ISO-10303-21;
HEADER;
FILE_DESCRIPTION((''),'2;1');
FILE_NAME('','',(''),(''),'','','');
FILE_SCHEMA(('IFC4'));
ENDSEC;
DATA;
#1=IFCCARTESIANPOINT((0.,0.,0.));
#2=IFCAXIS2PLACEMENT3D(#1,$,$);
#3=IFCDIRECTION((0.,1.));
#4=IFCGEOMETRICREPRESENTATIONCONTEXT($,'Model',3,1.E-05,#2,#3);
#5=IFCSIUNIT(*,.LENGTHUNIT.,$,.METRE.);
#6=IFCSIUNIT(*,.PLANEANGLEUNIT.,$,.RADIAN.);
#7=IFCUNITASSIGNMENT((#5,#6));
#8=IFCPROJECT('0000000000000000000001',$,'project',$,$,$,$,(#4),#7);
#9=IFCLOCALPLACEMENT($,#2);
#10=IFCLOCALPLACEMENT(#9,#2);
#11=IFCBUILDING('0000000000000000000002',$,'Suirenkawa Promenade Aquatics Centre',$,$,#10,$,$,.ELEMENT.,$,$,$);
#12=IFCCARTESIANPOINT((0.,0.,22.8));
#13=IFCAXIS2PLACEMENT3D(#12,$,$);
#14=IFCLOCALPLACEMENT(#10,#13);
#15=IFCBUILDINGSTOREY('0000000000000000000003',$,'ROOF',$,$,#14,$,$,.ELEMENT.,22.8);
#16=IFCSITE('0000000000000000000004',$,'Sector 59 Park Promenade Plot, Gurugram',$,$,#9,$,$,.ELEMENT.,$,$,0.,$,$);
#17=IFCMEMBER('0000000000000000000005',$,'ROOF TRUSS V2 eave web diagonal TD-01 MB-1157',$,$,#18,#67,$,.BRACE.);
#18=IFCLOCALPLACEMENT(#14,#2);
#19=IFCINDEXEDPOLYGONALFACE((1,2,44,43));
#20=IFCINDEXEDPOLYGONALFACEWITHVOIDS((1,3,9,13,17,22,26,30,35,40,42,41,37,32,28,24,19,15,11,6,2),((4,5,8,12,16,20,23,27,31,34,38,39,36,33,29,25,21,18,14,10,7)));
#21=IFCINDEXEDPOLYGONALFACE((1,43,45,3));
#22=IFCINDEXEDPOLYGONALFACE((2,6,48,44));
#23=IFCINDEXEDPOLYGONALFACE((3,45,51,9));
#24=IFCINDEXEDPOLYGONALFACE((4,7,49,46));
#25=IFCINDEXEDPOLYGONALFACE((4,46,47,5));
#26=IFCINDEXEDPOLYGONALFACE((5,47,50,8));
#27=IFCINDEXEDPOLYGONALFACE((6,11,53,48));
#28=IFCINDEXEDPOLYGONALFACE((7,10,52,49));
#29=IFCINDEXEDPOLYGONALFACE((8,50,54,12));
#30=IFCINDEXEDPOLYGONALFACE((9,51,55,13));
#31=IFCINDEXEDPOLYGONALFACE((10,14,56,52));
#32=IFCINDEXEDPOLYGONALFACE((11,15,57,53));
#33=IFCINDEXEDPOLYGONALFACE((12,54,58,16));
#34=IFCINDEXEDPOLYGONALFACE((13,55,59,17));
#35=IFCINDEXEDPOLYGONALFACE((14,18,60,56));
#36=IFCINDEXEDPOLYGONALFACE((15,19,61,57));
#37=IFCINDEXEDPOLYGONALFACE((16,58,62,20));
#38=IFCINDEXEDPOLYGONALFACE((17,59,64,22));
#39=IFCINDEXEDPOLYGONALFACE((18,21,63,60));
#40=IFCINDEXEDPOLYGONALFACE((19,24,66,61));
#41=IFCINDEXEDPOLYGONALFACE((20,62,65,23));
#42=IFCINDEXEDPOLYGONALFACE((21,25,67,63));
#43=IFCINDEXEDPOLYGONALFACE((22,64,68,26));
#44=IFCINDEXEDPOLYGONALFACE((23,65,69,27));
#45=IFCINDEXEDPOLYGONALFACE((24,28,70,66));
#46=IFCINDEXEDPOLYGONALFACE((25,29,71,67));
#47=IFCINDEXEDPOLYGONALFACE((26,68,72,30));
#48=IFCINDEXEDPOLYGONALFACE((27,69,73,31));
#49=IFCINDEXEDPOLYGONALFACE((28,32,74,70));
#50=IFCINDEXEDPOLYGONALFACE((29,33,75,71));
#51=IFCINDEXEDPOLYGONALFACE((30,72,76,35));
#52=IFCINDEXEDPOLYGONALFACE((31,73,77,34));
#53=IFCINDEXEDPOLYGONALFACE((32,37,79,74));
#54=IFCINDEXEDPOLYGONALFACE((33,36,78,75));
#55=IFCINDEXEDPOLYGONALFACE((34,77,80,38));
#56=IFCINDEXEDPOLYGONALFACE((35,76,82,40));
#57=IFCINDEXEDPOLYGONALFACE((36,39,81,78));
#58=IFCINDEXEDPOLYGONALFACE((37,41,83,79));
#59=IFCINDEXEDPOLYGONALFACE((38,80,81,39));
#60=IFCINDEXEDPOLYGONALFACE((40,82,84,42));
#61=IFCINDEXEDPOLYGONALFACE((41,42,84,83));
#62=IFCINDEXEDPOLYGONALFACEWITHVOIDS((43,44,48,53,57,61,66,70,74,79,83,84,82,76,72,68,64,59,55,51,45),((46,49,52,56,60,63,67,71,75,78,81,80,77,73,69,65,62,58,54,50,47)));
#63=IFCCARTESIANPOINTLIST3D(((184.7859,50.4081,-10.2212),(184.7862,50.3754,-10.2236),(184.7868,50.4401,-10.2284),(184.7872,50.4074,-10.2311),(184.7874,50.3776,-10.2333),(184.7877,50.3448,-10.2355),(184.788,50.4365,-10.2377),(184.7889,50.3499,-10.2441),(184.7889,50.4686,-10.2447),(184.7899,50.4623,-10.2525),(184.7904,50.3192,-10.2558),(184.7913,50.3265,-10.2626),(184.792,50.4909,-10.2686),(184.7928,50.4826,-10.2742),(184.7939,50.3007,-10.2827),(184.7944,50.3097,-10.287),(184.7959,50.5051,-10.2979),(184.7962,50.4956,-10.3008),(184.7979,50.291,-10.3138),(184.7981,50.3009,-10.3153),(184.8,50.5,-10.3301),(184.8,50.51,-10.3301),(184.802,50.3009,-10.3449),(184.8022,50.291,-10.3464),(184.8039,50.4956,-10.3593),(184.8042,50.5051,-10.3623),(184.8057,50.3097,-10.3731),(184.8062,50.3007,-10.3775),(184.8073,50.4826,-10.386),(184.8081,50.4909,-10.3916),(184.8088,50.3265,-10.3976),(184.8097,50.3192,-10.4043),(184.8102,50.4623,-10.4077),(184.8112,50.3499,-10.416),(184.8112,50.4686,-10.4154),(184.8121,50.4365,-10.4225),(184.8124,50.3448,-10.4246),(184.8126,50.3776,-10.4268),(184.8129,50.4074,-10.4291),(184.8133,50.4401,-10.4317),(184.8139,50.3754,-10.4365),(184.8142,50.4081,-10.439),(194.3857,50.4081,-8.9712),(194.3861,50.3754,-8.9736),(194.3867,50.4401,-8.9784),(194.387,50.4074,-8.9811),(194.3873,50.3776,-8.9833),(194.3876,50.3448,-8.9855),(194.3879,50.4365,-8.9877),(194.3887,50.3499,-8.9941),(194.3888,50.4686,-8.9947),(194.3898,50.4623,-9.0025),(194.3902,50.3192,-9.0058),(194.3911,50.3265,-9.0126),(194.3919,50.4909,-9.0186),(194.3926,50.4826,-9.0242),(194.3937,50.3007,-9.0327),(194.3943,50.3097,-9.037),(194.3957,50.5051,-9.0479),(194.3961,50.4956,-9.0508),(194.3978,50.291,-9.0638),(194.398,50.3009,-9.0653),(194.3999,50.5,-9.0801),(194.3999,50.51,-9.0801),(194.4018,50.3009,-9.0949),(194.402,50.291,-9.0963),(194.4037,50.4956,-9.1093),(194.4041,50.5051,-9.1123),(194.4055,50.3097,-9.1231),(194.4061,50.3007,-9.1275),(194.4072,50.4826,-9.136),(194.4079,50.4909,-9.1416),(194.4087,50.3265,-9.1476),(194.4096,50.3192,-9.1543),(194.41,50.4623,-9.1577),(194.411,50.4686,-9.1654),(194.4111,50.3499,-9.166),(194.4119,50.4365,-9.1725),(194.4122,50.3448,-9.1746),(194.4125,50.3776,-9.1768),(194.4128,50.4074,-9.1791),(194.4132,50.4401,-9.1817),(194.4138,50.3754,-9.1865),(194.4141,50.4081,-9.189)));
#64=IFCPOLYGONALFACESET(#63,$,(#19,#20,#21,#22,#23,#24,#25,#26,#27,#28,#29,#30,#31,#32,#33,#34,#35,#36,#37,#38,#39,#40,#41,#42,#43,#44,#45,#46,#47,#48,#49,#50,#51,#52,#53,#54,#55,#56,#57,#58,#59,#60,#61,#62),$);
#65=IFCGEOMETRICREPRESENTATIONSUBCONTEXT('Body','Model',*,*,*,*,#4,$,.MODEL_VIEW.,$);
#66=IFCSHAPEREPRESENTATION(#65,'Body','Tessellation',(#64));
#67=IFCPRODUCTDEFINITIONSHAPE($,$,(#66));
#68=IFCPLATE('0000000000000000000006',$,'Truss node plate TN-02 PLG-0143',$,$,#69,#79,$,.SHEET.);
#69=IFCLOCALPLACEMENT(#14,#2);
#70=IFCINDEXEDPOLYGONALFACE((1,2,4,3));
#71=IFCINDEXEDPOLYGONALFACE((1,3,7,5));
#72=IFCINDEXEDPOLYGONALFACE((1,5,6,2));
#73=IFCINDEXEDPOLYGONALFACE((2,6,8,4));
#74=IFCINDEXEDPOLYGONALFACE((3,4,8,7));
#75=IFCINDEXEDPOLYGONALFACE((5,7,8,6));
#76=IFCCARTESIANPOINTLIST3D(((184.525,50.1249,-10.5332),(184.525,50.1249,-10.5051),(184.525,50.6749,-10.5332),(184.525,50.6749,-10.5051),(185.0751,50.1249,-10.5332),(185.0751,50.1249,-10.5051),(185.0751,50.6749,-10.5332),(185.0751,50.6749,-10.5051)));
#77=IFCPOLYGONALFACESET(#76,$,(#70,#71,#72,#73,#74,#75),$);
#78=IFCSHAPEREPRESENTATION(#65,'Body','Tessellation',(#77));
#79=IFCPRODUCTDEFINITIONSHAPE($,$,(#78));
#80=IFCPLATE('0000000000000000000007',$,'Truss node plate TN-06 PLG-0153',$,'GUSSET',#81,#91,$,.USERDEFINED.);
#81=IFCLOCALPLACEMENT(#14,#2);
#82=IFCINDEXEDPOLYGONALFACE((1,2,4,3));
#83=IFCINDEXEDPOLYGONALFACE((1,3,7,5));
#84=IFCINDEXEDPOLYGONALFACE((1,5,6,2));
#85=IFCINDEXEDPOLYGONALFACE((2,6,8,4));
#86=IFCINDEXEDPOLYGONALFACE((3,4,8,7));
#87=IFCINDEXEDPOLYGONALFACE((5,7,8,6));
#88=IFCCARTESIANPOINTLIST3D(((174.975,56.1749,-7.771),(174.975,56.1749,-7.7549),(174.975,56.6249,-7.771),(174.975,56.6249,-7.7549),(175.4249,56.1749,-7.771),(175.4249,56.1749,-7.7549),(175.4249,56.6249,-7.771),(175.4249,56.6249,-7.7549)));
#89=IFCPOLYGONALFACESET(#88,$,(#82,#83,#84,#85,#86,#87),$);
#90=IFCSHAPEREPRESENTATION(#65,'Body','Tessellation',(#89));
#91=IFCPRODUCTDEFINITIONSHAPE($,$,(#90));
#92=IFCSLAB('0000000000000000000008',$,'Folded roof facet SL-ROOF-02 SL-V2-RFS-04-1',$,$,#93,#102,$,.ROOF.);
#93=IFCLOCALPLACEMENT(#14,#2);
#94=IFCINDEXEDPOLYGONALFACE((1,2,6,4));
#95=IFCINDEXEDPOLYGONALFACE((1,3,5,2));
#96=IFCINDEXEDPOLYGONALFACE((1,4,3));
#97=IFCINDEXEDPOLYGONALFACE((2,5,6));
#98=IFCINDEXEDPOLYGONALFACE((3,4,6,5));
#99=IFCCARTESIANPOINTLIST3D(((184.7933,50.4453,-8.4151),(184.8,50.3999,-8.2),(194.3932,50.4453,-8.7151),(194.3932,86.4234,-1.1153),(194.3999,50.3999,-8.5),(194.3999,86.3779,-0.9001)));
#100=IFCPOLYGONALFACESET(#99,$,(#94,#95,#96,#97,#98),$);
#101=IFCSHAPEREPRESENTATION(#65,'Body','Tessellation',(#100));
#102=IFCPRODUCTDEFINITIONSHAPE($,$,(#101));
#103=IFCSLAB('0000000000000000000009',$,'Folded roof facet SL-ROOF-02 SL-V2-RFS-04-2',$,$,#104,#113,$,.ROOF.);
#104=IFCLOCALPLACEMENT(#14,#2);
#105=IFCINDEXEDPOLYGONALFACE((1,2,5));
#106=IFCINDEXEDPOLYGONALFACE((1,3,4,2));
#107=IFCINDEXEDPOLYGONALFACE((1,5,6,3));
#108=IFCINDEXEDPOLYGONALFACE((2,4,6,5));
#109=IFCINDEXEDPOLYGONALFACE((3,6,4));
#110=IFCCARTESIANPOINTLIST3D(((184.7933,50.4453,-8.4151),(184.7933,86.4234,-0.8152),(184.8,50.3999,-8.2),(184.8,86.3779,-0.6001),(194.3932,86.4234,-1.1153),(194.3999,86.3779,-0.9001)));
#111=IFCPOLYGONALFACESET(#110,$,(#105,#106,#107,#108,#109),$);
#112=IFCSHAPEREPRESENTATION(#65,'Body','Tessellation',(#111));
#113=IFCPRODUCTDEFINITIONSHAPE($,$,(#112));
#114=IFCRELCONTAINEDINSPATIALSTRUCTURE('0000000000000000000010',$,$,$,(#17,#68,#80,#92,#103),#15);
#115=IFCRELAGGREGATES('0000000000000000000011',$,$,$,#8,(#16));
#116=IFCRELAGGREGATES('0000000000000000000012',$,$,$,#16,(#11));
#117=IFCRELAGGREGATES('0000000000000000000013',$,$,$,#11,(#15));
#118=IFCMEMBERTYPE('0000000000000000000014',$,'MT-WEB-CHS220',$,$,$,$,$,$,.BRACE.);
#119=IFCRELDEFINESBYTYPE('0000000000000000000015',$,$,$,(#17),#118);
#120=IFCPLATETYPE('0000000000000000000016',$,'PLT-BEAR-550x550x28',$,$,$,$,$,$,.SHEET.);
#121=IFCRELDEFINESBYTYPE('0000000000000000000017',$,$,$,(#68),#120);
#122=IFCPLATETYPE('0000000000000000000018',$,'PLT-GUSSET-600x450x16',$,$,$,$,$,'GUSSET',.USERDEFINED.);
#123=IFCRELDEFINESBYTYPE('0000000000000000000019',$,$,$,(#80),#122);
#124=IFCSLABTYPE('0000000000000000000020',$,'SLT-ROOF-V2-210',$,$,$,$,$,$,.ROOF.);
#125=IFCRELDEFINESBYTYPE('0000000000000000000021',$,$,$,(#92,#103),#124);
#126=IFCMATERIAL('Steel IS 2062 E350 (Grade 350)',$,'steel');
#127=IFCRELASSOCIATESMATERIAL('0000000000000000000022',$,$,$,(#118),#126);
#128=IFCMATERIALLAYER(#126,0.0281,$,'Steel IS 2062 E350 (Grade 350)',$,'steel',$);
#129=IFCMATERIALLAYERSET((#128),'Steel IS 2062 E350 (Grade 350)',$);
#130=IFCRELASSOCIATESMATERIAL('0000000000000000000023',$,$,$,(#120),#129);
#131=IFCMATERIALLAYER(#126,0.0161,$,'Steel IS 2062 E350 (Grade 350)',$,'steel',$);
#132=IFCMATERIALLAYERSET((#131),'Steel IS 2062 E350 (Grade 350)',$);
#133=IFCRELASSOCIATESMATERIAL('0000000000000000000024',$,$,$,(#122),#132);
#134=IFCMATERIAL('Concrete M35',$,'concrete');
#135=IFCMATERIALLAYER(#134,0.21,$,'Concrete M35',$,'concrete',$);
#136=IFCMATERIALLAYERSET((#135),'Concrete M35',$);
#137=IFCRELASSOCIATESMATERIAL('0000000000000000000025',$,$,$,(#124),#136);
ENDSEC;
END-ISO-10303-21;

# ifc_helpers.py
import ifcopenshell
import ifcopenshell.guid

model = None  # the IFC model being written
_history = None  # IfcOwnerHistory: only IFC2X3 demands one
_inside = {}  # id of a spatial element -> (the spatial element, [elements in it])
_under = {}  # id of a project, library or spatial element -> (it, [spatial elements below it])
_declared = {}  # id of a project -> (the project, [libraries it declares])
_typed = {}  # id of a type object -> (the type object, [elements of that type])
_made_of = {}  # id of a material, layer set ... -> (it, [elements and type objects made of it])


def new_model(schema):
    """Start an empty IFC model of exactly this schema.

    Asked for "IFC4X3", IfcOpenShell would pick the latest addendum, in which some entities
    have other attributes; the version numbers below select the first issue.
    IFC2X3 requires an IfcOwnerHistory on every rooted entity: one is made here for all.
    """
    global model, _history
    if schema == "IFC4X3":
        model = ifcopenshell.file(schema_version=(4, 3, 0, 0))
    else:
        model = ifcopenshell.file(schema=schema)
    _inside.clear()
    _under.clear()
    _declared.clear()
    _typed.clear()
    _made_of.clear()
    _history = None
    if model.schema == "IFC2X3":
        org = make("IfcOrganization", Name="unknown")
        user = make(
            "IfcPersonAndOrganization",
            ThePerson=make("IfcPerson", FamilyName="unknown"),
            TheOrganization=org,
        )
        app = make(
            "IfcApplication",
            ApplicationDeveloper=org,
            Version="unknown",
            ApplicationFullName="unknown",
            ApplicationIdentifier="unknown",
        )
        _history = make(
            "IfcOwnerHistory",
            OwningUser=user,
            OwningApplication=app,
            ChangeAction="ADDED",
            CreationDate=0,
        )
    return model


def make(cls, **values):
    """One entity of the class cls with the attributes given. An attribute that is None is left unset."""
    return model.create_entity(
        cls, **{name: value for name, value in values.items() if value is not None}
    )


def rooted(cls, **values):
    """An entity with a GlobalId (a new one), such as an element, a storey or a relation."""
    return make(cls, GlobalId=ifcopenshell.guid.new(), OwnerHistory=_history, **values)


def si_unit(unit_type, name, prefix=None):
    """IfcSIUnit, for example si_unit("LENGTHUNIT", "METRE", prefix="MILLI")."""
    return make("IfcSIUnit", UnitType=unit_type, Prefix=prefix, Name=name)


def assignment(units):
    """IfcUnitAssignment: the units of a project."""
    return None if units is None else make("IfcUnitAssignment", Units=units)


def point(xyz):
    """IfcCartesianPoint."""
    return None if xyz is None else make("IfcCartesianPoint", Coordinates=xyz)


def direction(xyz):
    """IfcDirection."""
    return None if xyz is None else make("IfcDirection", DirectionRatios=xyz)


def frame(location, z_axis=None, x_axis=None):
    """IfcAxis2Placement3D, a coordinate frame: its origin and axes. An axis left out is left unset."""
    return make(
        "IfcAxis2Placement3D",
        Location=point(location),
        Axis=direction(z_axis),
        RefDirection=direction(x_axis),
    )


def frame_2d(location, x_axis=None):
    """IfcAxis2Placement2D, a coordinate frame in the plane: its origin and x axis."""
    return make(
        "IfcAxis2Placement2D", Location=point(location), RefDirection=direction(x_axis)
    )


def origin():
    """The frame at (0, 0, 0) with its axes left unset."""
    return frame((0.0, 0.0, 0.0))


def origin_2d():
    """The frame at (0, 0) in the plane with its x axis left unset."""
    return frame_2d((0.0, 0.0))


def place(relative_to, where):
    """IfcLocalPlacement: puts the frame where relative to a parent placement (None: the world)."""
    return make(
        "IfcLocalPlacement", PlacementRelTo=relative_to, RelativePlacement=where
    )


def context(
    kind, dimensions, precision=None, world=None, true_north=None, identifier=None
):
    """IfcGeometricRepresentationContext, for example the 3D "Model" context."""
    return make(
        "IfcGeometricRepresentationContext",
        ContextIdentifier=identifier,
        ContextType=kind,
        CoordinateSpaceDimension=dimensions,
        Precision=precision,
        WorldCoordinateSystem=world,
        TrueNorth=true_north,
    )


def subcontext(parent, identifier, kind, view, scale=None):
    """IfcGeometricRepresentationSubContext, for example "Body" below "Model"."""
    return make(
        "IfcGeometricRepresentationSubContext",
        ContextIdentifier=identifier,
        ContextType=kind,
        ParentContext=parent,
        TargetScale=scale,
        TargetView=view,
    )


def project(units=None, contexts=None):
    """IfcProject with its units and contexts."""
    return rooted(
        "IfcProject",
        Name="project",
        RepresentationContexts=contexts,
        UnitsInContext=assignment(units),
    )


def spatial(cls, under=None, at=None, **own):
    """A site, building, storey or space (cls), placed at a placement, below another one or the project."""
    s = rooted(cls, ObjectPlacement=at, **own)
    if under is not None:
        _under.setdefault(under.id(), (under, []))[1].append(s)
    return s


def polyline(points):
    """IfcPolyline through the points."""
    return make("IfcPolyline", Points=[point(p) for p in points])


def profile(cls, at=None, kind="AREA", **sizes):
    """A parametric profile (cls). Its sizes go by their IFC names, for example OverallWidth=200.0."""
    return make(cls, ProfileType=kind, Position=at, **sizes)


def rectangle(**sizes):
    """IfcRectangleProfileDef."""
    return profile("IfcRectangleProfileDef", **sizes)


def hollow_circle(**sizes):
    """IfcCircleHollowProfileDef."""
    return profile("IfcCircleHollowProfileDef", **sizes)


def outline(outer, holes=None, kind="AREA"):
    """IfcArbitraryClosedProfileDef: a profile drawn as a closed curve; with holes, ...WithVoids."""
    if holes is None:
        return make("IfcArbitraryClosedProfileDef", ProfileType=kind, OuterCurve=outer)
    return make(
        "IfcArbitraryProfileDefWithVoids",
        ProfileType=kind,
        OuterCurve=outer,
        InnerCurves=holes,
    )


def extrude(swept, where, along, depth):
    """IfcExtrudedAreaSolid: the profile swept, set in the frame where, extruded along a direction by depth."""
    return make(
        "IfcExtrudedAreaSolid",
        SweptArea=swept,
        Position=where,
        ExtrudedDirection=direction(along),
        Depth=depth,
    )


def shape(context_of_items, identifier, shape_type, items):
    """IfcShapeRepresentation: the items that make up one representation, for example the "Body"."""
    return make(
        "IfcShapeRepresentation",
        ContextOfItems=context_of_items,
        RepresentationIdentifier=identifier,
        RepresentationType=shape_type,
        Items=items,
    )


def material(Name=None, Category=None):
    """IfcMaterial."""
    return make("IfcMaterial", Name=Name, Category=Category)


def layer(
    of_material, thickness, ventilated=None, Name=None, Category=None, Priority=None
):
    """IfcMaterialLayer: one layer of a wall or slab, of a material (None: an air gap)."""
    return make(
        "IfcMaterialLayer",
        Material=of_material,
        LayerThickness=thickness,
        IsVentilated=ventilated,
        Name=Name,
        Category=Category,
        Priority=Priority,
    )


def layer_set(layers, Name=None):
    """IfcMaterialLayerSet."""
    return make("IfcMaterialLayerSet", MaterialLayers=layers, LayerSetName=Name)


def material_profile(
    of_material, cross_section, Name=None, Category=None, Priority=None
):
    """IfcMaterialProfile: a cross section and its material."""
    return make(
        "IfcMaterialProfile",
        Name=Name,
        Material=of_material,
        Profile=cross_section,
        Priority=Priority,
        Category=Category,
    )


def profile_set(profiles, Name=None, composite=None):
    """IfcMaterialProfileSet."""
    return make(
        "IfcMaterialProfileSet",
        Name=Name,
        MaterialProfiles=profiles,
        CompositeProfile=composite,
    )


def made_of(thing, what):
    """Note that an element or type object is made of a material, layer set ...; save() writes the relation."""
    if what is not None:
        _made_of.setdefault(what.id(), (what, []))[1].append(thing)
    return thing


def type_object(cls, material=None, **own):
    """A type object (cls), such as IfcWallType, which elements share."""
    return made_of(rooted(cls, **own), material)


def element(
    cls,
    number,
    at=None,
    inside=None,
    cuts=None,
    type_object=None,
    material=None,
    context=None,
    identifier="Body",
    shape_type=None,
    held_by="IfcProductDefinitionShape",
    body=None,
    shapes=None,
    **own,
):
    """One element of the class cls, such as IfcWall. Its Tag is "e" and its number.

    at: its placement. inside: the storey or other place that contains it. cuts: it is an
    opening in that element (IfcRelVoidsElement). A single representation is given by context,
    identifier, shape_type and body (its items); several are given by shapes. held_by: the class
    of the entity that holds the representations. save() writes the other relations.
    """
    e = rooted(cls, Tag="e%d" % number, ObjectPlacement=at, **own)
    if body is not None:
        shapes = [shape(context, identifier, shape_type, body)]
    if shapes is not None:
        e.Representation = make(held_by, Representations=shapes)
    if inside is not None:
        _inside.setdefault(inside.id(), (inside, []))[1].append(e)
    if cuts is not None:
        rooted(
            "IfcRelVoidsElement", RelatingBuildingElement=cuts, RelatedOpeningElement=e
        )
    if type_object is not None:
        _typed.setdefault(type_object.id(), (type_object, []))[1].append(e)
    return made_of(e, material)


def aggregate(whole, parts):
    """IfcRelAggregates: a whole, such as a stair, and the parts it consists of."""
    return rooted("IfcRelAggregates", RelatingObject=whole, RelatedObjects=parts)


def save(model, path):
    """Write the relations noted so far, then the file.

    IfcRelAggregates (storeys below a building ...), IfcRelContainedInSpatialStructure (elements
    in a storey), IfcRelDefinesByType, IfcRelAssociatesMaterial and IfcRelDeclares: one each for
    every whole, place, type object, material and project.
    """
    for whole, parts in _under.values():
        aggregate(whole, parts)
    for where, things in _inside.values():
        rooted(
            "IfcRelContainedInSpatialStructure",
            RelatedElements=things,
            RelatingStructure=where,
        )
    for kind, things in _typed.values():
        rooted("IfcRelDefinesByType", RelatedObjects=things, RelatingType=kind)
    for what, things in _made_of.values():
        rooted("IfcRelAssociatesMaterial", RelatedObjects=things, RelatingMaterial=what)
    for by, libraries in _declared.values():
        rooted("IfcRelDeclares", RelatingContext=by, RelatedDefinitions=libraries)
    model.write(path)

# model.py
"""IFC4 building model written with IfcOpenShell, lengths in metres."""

from ifc_helpers import new_model, si_unit, direction, frame, origin, origin_2d, place, context, subcontext, project, spatial, polyline, rectangle, hollow_circle, outline, extrude, material, layer, layer_set, material_profile, profile_set, type_object, element, save


model = new_model("IFC4")

# Units and contexts
model_context = context("Model", 3, precision=1e-05, world=origin(), true_north=direction((0.0, 1.0)))
body_context = subcontext(model_context, "Body", "Model", "MODEL_VIEW")
ifc_project = project(units=[si_unit("LENGTHUNIT", "METRE"), si_unit("PLANEANGLEUNIT", "RADIAN")], contexts=[model_context])

# Site, building, storey
site_placement = place(None, origin())
site = spatial("IfcSite", under=ifc_project, at=site_placement, Name="Sector 59 Park Promenade Plot, Gurugram", CompositionType="ELEMENT", RefElevation=0.0)
building_placement = place(site_placement, origin())
building = spatial("IfcBuilding", under=site, at=building_placement, Name="Suirenkawa Promenade Aquatics Centre", CompositionType="ELEMENT")
storey_placement = place(building_placement, frame((0.0, 0.0, 22.8)))
storey = spatial("IfcBuildingStorey", under=building, at=storey_placement, Name="ROOF", CompositionType="ELEMENT", Elevation=22.8)

# Shared definitions
ifc_material_1 = material(Name="Steel IS 2062 E350 (Grade 350)", Category="steel")

# Member
ifc_material_profile_1 = material_profile(ifc_material_1, hollow_circle(Radius=0.1101, WallThickness=0.01, at=origin_2d()), Name="CHS 220x10", Category="steel")
ifc_profile_set_1 = profile_set([ifc_material_profile_1], Name="Steel IS 2062 E350 (Grade 350)")
member_type_1 = type_object("IfcMemberType", Name="MT-WEB-CHS220", PredefinedType="BRACE", material=ifc_profile_set_1)
member_1_placement = place(storey_placement, frame((184.8, 50.3999, -10.3301), z_axis=(0.991629, 0.0, 0.12912), x_axis=(0.0, 1.0, 0.0)))
element("IfcMember", 1, at=member_1_placement, inside=storey, type_object=member_type_1, Name="ROOF TRUSS V2 eave web diagonal TD-01 MB-1157", PredefinedType="BRACE", context=body_context, shape_type="SweptSolid", body=[
    extrude(hollow_circle(Radius=0.1101, WallThickness=0.01, at=origin_2d()), origin(), (0.0, 0.0, 1.0), 9.6809),
])

# Plates
ifc_layer_1 = layer(ifc_material_1, 0.0281, Name="Steel IS 2062 E350 (Grade 350)", Category="steel")
ifc_layer_set_1 = layer_set([ifc_layer_1], Name="Steel IS 2062 E350 (Grade 350)")
plate_type_1 = type_object("IfcPlateType", Name="PLT-BEAR-550x550x28", PredefinedType="SHEET", material=ifc_layer_set_1)
plate_1_placement = place(storey_placement, frame((184.8, 50.3999, -10.5332), z_axis=(0.0, 0.0, 1.0), x_axis=(1.0, 0.0, 0.0)))
element("IfcPlate", 2, at=plate_1_placement, inside=storey, type_object=plate_type_1, Name="Truss node plate TN-02 PLG-0143", PredefinedType="SHEET", context=body_context, shape_type="SweptSolid", body=[
    extrude(rectangle(XDim=0.55, YDim=0.55, at=origin_2d()), origin(), (0.0, 0.0, 1.0), 0.0281),
])
ifc_layer_2 = layer(ifc_material_1, 0.0161, Name="Steel IS 2062 E350 (Grade 350)", Category="steel")
ifc_layer_set_2 = layer_set([ifc_layer_2], Name="Steel IS 2062 E350 (Grade 350)")
plate_type_2 = type_object("IfcPlateType", Name="PLT-GUSSET-600x450x16", ElementType="GUSSET", PredefinedType="USERDEFINED", material=ifc_layer_set_2)
plate_2_placement = place(storey_placement, frame((175.2, 56.3999, -7.771), z_axis=(0.0, 0.0, 1.0), x_axis=(1.0, 0.0, 0.0)))
element("IfcPlate", 3, at=plate_2_placement, inside=storey, type_object=plate_type_2, Name="Truss node plate TN-06 PLG-0153", ObjectType="GUSSET", PredefinedType="USERDEFINED", context=body_context, shape_type="SweptSolid", body=[
    extrude(rectangle(XDim=0.45, YDim=0.45, at=origin_2d()), origin(), (0.0, 0.0, 1.0), 0.0161),
])

# Slabs
ifc_material_2 = material(Name="Concrete M35", Category="concrete")
ifc_layer_3 = layer(ifc_material_2, 0.21, Name="Concrete M35", Category="concrete")
ifc_layer_set_3 = layer_set([ifc_layer_3], Name="Concrete M35")
slab_type = type_object("IfcSlabType", Name="SLT-ROOF-V2-210", PredefinedType="ROOF", material=ifc_layer_set_3)
slab_1_placement = place(storey_placement, frame((184.8, 50.3999, -8.2), z_axis=(0.030566, -0.206579, 0.977952), x_axis=(0.999512, 0.0, -0.03124)))
element("IfcSlab", 4, at=slab_1_placement, inside=storey, type_object=slab_type, Name="Folded roof facet SL-ROOF-02 SL-V2-RFS-04-1", PredefinedType="ROOF", context=body_context, shape_type="SweptSolid", body=[
    extrude(outline(polyline([(0.0, 0.0), (9.6045, 0.0), (9.3671, 36.7712), (0.0, 0.0)])), origin(), (0.0, 0.0, -1.0), 0.22),
])
slab_2_placement = place(storey_placement, frame((184.8, 50.3999, -8.2), z_axis=(0.030566, -0.206579, 0.977952), x_axis=(0.25299, 0.948149, 0.192376)))
element("IfcSlab", 5, at=slab_2_placement, inside=storey, type_object=slab_type, Name="Folded roof facet SL-ROOF-02 SL-V2-RFS-04-2", PredefinedType="ROOF", context=body_context, shape_type="SweptSolid", body=[
    extrude(outline(polyline([(0.0, 0.0), (37.9455, 0.0), (35.5746, 9.3073), (0.0, 0.0)])), origin(), (0.0, 0.0, -1.0), 0.22),
])

save(model, "model.ifc")
